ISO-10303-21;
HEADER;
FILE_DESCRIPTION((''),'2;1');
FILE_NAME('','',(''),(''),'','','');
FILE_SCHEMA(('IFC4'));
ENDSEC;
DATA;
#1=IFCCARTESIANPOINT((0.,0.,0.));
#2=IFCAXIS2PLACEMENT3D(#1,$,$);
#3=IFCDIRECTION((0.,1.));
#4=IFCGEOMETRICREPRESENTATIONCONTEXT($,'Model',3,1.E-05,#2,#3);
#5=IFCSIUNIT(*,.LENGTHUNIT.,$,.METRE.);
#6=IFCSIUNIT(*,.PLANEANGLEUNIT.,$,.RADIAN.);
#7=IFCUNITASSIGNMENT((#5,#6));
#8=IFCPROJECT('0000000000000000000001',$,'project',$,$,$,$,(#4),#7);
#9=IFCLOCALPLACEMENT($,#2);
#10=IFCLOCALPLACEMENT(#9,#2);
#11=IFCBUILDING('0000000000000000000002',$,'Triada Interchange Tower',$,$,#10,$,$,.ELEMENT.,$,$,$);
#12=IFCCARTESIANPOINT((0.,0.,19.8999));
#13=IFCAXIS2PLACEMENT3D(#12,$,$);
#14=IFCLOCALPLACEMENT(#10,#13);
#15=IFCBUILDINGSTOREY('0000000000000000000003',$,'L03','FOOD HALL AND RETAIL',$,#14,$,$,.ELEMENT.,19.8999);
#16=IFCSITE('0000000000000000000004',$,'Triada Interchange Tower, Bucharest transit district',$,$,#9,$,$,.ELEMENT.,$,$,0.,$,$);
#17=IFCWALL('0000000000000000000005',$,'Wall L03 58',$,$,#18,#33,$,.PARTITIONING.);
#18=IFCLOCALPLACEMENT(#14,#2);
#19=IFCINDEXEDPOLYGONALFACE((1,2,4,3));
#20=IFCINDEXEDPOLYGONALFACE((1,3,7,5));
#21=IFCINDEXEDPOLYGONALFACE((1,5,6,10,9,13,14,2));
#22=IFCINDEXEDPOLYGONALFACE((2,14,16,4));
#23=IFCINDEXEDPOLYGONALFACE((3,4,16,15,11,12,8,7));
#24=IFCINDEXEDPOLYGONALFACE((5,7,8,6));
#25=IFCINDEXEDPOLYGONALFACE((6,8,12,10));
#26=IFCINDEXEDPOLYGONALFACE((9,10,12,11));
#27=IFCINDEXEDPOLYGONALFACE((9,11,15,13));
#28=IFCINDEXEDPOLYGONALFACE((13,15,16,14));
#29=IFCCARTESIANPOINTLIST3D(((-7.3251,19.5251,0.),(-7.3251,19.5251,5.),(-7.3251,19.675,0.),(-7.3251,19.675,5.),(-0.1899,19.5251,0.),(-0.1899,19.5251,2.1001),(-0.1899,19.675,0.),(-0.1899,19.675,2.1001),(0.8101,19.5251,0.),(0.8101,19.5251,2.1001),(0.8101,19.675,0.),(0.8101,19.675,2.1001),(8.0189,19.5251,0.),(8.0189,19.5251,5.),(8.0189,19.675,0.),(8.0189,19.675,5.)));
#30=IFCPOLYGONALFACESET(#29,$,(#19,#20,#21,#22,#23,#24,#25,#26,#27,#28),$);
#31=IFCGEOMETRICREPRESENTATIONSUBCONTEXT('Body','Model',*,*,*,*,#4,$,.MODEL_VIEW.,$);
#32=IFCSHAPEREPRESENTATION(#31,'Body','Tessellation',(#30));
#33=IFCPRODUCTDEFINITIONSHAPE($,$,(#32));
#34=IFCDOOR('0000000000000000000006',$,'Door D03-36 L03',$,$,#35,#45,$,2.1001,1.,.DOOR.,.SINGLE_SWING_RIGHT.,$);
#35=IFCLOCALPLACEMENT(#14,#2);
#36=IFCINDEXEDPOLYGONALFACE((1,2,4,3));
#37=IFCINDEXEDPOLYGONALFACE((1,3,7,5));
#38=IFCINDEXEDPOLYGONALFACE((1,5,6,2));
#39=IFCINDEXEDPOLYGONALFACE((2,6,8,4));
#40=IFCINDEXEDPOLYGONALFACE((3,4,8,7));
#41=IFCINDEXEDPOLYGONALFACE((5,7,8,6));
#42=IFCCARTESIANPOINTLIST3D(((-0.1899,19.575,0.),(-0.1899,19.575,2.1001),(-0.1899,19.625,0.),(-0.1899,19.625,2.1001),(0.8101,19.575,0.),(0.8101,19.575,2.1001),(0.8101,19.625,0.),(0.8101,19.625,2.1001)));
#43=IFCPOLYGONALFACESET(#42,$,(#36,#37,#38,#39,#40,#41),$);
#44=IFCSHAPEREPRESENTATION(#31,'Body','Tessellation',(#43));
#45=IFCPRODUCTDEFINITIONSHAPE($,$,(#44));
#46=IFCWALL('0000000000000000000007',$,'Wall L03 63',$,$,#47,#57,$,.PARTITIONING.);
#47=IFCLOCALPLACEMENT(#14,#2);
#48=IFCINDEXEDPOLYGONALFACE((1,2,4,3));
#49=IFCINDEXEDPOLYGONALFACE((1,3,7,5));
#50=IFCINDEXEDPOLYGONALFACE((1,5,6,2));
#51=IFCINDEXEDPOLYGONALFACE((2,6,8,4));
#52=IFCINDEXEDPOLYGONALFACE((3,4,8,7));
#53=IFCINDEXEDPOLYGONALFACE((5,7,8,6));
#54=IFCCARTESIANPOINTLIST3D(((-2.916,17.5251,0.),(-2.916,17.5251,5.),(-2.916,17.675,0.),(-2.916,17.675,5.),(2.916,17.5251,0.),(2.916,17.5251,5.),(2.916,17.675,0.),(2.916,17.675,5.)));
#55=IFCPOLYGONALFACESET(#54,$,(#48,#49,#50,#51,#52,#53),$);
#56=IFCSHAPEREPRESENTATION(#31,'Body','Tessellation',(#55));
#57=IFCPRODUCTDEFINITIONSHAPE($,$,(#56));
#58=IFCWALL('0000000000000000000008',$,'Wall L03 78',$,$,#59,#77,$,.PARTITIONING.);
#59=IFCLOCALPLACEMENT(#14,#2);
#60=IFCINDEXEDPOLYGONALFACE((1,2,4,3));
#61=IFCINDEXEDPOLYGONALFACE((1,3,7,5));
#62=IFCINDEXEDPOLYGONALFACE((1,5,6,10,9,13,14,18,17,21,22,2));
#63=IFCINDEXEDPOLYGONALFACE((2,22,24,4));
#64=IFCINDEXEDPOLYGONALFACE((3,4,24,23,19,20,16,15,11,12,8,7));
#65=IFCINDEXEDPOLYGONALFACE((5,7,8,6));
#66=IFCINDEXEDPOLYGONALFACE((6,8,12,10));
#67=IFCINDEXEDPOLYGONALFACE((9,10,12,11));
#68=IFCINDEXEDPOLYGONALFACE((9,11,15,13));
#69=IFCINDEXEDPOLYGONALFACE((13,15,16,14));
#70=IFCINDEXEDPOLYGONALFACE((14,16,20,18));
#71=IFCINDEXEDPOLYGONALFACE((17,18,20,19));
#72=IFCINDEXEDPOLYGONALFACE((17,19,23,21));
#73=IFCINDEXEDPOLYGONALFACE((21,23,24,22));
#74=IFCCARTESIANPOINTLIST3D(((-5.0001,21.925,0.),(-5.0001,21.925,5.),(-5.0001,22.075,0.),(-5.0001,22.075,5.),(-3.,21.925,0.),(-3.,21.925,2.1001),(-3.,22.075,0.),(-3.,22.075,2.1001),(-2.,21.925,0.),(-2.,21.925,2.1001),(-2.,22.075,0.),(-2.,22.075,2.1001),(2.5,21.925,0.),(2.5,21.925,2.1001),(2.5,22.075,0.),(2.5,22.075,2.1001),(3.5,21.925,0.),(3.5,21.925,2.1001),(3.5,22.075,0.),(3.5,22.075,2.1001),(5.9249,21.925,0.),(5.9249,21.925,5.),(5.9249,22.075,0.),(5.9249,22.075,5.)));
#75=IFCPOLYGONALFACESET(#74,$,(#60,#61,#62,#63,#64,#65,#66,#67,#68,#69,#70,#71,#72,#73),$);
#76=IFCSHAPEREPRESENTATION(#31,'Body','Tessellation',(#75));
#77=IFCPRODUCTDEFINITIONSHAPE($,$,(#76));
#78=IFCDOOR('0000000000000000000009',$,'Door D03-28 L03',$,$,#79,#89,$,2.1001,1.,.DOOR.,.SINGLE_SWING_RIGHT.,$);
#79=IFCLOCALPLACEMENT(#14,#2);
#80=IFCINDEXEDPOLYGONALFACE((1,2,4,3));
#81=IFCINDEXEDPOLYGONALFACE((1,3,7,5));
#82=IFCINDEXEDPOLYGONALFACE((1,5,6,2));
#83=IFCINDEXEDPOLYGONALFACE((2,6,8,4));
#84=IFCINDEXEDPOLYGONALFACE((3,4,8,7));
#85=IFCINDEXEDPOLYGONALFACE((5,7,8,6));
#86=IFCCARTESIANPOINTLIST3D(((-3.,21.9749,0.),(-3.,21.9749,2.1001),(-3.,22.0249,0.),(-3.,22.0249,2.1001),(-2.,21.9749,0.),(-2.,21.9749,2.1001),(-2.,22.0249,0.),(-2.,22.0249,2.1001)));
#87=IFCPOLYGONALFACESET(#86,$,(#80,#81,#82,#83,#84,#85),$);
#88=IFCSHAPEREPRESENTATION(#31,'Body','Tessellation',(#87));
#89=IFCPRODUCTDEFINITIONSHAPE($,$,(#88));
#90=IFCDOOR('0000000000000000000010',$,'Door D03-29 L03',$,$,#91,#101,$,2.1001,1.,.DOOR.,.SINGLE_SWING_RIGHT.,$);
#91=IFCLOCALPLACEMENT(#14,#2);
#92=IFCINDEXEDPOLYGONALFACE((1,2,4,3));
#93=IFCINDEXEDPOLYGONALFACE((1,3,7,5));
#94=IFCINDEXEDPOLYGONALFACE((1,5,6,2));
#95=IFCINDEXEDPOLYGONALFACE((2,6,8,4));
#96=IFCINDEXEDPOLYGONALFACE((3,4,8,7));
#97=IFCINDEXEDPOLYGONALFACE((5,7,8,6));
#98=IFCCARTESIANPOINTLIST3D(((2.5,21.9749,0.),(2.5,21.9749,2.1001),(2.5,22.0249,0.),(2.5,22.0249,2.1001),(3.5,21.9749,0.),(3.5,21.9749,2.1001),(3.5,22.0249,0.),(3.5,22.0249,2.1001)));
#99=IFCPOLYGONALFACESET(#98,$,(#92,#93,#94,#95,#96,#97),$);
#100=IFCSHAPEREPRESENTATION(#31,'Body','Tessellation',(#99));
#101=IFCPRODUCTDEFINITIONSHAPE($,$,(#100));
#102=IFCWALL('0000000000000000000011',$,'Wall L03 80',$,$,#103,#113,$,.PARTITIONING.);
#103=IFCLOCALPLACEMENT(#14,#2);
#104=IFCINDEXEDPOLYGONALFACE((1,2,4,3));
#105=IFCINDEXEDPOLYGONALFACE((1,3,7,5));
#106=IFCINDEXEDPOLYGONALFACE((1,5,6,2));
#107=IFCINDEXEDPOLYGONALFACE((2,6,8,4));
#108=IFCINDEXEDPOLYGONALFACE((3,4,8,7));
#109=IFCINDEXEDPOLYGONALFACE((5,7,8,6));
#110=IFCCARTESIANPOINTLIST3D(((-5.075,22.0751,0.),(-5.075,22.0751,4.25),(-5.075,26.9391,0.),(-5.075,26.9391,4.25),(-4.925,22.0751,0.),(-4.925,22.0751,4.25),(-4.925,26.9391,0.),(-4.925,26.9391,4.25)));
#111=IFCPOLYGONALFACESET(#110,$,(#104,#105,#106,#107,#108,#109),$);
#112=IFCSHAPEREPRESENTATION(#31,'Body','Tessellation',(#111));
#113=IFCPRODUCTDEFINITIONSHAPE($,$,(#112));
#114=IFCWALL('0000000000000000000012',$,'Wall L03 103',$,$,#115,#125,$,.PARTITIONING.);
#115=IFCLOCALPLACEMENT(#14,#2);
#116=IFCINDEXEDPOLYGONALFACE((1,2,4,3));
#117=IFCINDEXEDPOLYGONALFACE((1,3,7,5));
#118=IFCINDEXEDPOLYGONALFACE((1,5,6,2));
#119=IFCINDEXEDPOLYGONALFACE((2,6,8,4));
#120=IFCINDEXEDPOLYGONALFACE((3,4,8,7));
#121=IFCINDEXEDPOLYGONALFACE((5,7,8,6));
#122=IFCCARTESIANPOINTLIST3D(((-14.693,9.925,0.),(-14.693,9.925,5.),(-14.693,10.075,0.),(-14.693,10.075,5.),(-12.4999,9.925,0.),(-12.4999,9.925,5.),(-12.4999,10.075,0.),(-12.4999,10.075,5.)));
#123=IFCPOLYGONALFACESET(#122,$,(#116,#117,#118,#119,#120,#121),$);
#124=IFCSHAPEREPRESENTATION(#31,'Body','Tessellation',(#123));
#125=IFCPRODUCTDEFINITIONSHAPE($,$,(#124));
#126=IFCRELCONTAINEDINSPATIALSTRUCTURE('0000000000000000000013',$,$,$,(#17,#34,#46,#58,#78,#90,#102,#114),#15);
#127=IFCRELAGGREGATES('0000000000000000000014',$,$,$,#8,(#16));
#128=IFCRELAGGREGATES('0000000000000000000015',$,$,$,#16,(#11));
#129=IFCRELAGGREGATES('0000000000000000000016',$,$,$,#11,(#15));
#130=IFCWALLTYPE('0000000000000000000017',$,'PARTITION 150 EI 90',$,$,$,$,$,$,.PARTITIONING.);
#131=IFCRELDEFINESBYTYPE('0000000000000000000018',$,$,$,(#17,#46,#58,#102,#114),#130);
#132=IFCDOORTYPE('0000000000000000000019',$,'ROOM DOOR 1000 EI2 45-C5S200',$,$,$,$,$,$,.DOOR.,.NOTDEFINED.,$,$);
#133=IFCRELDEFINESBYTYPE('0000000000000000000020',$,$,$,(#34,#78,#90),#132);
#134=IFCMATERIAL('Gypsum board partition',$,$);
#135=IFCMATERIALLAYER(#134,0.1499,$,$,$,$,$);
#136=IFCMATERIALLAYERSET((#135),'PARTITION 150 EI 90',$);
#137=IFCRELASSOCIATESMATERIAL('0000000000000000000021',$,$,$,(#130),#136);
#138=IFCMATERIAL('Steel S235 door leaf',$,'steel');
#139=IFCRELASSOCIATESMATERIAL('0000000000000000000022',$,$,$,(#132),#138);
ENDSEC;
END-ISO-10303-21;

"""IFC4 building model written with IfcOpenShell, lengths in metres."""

from ifc_helpers import new_model, si_unit, direction, frame, frame_2d, origin, place, context, subcontext, project, spatial, rectangle, extrude, material, layer, layer_set, type_object, element, fill, save


model = new_model("IFC4")

# Units and contexts
model_context = context("Model", 3, precision=1e-05, world=origin(), true_north=direction((0.0, 1.0)))
body_context = subcontext(model_context, "Body", "Model", "MODEL_VIEW")
ifc_project = project(units=[si_unit("LENGTHUNIT", "METRE"), si_unit("PLANEANGLEUNIT", "RADIAN")], contexts=[model_context])

# Site, building, storey
site_placement = place(None, origin())
site = spatial("IfcSite", under=ifc_project, at=site_placement, Name="Triada Interchange Tower, Bucharest transit district", CompositionType="ELEMENT", RefElevation=0.0)
building_placement = place(site_placement, origin())
building = spatial("IfcBuilding", under=site, at=building_placement, Name="Triada Interchange Tower", CompositionType="ELEMENT")
storey_placement = place(building_placement, frame((0.0, 0.0, 19.8999)))
storey = spatial("IfcBuildingStorey", under=building, at=storey_placement, Name="L03", Description="FOOD HALL AND RETAIL", CompositionType="ELEMENT", Elevation=19.8999)

# Shared definitions
ifc_material_1 = material(Name="Steel S235 door leaf", Category="steel")

# Shared definitions
ifc_material_2 = material(Name="Gypsum board partition")
ifc_layer_1 = layer(ifc_material_2, 0.1499)
ifc_layer_set_1 = layer_set([ifc_layer_1], Name="PARTITION 150 EI 90")
wall_type_1 = type_object("IfcWallType", Name="PARTITION 150 EI 90", PredefinedType="PARTITIONING", material=ifc_layer_set_1)

# Wall, opening, door
wall_1_placement = place(storey_placement, frame((-7.325, 19.6001, 0.0), z_axis=(0.0, 0.0, 1.0), x_axis=(1.0, 0.0, 0.0)))
wall_1 = element("IfcWall", 1, at=wall_1_placement, inside=storey, type_object=wall_type_1, Name="Wall L03 58", PredefinedType="PARTITIONING", context=body_context, shape_type="SweptSolid", body=[
    extrude(rectangle(XDim=15.344, YDim=0.1499, at=frame_2d((7.6719, 0.0))), origin(), (0.0, 0.0, 1.0), 5.0),
])
opening_1_placement = place(wall_1_placement, frame((7.135, 0.0, 0.0)))
opening_1 = element("IfcOpeningElement", 2, at=opening_1_placement, cuts=wall_1, PredefinedType="OPENING", context=body_context, shape_type="SweptSolid", body=[
    extrude(rectangle(XDim=1.0, YDim=2.1001, at=frame_2d((0.5, 1.05))), frame((0.0, 0.085, 0.0), z_axis=(0.0, -1.0, 0.0), x_axis=(1.0, 0.0, 0.0)), (0.0, 0.0, 1.0), 0.1699),
])
door_type_1 = type_object("IfcDoorType", Name="ROOM DOOR 1000 EI2 45-C5S200", OperationType="NOTDEFINED", PredefinedType="DOOR", material=ifc_material_1)
door_1_placement = place(opening_1_placement, origin())
door_1 = element("IfcDoor", 3, at=door_1_placement, inside=storey, type_object=door_type_1, Name="Door D03-36 L03", OperationType="SINGLE_SWING_RIGHT", OverallHeight=2.1001, OverallWidth=1.0, PredefinedType="DOOR", context=body_context, shape_type="SweptSolid", body=[
    extrude(rectangle(XDim=1.0, YDim=2.1001, at=frame_2d((0.5, 1.05))), frame((0.0, 0.0249, 0.0), z_axis=(0.0, -1.0, 0.0), x_axis=(1.0, 0.0, 0.0)), (0.0, 0.0, 1.0), 0.05),
])
fill(opening_1, door_1)

# Wall
wall_2_placement = place(storey_placement, frame((-2.916, 17.6001, 0.0), z_axis=(0.0, 0.0, 1.0), x_axis=(1.0, 0.0, 0.0)))
element("IfcWall", 4, at=wall_2_placement, inside=storey, type_object=wall_type_1, Name="Wall L03 63", PredefinedType="PARTITIONING", context=body_context, shape_type="SweptSolid", body=[
    extrude(rectangle(XDim=5.832, YDim=0.1499, at=frame_2d((2.916, 0.0))), origin(), (0.0, 0.0, 1.0), 5.0),
])

# Wall, openings, doors
wall_3_placement = place(storey_placement, frame((-5.0, 22.0, 0.0), z_axis=(0.0, 0.0, 1.0), x_axis=(1.0, 0.0, 0.0)))
wall_3 = element("IfcWall", 5, at=wall_3_placement, inside=storey, type_object=wall_type_1, Name="Wall L03 78", PredefinedType="PARTITIONING", context=body_context, shape_type="SweptSolid", body=[
    extrude(rectangle(XDim=10.925, YDim=0.1499, at=frame_2d((5.4624, 0.0))), origin(), (0.0, 0.0, 1.0), 5.0),
])
opening_2_placement = place(wall_3_placement, frame((2.0, 0.0, 0.0)))
opening_2 = element("IfcOpeningElement", 6, at=opening_2_placement, cuts=wall_3, PredefinedType="OPENING", context=body_context, shape_type="SweptSolid", body=[
    extrude(rectangle(XDim=1.0, YDim=2.1001, at=frame_2d((0.5, 1.05))), frame((0.0, 0.085, 0.0), z_axis=(0.0, -1.0, 0.0), x_axis=(1.0, 0.0, 0.0)), (0.0, 0.0, 1.0), 0.1699),
])
opening_3_placement = place(wall_3_placement, frame((7.5, 0.0, 0.0)))
opening_3 = element("IfcOpeningElement", 7, at=opening_3_placement, cuts=wall_3, PredefinedType="OPENING", context=body_context, shape_type="SweptSolid", body=[
    extrude(rectangle(XDim=1.0, YDim=2.1001, at=frame_2d((0.5, 1.05))), frame((0.0, 0.085, 0.0), z_axis=(0.0, -1.0, 0.0), x_axis=(1.0, 0.0, 0.0)), (0.0, 0.0, 1.0), 0.1699),
])
door_2_placement = place(opening_2_placement, origin())
door_2 = element("IfcDoor", 8, at=door_2_placement, inside=storey, type_object=door_type_1, Name="Door D03-28 L03", OperationType="SINGLE_SWING_RIGHT", OverallHeight=2.1001, OverallWidth=1.0, PredefinedType="DOOR", context=body_context, shape_type="SweptSolid", body=[
    extrude(rectangle(XDim=1.0, YDim=2.1001, at=frame_2d((0.5, 1.05))), frame((0.0, 0.0249, 0.0), z_axis=(0.0, -1.0, 0.0), x_axis=(1.0, 0.0, 0.0)), (0.0, 0.0, 1.0), 0.05),
])
fill(opening_2, door_2)
door_3_placement = place(opening_3_placement, origin())
door_3 = element("IfcDoor", 9, at=door_3_placement, inside=storey, type_object=door_type_1, Name="Door D03-29 L03", OperationType="SINGLE_SWING_RIGHT", OverallHeight=2.1001, OverallWidth=1.0, PredefinedType="DOOR", context=body_context, shape_type="SweptSolid", body=[
    extrude(rectangle(XDim=1.0, YDim=2.1001, at=frame_2d((0.5, 1.05))), frame((0.0, 0.0249, 0.0), z_axis=(0.0, -1.0, 0.0), x_axis=(1.0, 0.0, 0.0)), (0.0, 0.0, 1.0), 0.05),
])
fill(opening_3, door_3)

# Walls
wall_4_placement = place(storey_placement, frame((-5.0, 22.075, 0.0), z_axis=(0.0, 0.0, 1.0), x_axis=(0.0, 1.0, 0.0)))
element("IfcWall", 10, at=wall_4_placement, inside=storey, type_object=wall_type_1, Name="Wall L03 80", PredefinedType="PARTITIONING", context=body_context, shape_type="SweptSolid", body=[
    extrude(rectangle(XDim=4.864, YDim=0.1499, at=frame_2d((2.4321, 0.0))), origin(), (0.0, 0.0, 1.0), 4.25),
])
wall_5_placement = place(storey_placement, frame((-14.6931, 10.0, 0.0), z_axis=(0.0, 0.0, 1.0), x_axis=(1.0, 0.0, 0.0)))
element("IfcWall", 11, at=wall_5_placement, inside=storey, type_object=wall_type_1, Name="Wall L03 103", PredefinedType="PARTITIONING", context=body_context, shape_type="SweptSolid", body=[
    extrude(rectangle(XDim=2.1931, YDim=0.1499, at=frame_2d((1.0967, 0.0))), origin(), (0.0, 0.0, 1.0), 5.0),
])

save(model, "model.ifc")
